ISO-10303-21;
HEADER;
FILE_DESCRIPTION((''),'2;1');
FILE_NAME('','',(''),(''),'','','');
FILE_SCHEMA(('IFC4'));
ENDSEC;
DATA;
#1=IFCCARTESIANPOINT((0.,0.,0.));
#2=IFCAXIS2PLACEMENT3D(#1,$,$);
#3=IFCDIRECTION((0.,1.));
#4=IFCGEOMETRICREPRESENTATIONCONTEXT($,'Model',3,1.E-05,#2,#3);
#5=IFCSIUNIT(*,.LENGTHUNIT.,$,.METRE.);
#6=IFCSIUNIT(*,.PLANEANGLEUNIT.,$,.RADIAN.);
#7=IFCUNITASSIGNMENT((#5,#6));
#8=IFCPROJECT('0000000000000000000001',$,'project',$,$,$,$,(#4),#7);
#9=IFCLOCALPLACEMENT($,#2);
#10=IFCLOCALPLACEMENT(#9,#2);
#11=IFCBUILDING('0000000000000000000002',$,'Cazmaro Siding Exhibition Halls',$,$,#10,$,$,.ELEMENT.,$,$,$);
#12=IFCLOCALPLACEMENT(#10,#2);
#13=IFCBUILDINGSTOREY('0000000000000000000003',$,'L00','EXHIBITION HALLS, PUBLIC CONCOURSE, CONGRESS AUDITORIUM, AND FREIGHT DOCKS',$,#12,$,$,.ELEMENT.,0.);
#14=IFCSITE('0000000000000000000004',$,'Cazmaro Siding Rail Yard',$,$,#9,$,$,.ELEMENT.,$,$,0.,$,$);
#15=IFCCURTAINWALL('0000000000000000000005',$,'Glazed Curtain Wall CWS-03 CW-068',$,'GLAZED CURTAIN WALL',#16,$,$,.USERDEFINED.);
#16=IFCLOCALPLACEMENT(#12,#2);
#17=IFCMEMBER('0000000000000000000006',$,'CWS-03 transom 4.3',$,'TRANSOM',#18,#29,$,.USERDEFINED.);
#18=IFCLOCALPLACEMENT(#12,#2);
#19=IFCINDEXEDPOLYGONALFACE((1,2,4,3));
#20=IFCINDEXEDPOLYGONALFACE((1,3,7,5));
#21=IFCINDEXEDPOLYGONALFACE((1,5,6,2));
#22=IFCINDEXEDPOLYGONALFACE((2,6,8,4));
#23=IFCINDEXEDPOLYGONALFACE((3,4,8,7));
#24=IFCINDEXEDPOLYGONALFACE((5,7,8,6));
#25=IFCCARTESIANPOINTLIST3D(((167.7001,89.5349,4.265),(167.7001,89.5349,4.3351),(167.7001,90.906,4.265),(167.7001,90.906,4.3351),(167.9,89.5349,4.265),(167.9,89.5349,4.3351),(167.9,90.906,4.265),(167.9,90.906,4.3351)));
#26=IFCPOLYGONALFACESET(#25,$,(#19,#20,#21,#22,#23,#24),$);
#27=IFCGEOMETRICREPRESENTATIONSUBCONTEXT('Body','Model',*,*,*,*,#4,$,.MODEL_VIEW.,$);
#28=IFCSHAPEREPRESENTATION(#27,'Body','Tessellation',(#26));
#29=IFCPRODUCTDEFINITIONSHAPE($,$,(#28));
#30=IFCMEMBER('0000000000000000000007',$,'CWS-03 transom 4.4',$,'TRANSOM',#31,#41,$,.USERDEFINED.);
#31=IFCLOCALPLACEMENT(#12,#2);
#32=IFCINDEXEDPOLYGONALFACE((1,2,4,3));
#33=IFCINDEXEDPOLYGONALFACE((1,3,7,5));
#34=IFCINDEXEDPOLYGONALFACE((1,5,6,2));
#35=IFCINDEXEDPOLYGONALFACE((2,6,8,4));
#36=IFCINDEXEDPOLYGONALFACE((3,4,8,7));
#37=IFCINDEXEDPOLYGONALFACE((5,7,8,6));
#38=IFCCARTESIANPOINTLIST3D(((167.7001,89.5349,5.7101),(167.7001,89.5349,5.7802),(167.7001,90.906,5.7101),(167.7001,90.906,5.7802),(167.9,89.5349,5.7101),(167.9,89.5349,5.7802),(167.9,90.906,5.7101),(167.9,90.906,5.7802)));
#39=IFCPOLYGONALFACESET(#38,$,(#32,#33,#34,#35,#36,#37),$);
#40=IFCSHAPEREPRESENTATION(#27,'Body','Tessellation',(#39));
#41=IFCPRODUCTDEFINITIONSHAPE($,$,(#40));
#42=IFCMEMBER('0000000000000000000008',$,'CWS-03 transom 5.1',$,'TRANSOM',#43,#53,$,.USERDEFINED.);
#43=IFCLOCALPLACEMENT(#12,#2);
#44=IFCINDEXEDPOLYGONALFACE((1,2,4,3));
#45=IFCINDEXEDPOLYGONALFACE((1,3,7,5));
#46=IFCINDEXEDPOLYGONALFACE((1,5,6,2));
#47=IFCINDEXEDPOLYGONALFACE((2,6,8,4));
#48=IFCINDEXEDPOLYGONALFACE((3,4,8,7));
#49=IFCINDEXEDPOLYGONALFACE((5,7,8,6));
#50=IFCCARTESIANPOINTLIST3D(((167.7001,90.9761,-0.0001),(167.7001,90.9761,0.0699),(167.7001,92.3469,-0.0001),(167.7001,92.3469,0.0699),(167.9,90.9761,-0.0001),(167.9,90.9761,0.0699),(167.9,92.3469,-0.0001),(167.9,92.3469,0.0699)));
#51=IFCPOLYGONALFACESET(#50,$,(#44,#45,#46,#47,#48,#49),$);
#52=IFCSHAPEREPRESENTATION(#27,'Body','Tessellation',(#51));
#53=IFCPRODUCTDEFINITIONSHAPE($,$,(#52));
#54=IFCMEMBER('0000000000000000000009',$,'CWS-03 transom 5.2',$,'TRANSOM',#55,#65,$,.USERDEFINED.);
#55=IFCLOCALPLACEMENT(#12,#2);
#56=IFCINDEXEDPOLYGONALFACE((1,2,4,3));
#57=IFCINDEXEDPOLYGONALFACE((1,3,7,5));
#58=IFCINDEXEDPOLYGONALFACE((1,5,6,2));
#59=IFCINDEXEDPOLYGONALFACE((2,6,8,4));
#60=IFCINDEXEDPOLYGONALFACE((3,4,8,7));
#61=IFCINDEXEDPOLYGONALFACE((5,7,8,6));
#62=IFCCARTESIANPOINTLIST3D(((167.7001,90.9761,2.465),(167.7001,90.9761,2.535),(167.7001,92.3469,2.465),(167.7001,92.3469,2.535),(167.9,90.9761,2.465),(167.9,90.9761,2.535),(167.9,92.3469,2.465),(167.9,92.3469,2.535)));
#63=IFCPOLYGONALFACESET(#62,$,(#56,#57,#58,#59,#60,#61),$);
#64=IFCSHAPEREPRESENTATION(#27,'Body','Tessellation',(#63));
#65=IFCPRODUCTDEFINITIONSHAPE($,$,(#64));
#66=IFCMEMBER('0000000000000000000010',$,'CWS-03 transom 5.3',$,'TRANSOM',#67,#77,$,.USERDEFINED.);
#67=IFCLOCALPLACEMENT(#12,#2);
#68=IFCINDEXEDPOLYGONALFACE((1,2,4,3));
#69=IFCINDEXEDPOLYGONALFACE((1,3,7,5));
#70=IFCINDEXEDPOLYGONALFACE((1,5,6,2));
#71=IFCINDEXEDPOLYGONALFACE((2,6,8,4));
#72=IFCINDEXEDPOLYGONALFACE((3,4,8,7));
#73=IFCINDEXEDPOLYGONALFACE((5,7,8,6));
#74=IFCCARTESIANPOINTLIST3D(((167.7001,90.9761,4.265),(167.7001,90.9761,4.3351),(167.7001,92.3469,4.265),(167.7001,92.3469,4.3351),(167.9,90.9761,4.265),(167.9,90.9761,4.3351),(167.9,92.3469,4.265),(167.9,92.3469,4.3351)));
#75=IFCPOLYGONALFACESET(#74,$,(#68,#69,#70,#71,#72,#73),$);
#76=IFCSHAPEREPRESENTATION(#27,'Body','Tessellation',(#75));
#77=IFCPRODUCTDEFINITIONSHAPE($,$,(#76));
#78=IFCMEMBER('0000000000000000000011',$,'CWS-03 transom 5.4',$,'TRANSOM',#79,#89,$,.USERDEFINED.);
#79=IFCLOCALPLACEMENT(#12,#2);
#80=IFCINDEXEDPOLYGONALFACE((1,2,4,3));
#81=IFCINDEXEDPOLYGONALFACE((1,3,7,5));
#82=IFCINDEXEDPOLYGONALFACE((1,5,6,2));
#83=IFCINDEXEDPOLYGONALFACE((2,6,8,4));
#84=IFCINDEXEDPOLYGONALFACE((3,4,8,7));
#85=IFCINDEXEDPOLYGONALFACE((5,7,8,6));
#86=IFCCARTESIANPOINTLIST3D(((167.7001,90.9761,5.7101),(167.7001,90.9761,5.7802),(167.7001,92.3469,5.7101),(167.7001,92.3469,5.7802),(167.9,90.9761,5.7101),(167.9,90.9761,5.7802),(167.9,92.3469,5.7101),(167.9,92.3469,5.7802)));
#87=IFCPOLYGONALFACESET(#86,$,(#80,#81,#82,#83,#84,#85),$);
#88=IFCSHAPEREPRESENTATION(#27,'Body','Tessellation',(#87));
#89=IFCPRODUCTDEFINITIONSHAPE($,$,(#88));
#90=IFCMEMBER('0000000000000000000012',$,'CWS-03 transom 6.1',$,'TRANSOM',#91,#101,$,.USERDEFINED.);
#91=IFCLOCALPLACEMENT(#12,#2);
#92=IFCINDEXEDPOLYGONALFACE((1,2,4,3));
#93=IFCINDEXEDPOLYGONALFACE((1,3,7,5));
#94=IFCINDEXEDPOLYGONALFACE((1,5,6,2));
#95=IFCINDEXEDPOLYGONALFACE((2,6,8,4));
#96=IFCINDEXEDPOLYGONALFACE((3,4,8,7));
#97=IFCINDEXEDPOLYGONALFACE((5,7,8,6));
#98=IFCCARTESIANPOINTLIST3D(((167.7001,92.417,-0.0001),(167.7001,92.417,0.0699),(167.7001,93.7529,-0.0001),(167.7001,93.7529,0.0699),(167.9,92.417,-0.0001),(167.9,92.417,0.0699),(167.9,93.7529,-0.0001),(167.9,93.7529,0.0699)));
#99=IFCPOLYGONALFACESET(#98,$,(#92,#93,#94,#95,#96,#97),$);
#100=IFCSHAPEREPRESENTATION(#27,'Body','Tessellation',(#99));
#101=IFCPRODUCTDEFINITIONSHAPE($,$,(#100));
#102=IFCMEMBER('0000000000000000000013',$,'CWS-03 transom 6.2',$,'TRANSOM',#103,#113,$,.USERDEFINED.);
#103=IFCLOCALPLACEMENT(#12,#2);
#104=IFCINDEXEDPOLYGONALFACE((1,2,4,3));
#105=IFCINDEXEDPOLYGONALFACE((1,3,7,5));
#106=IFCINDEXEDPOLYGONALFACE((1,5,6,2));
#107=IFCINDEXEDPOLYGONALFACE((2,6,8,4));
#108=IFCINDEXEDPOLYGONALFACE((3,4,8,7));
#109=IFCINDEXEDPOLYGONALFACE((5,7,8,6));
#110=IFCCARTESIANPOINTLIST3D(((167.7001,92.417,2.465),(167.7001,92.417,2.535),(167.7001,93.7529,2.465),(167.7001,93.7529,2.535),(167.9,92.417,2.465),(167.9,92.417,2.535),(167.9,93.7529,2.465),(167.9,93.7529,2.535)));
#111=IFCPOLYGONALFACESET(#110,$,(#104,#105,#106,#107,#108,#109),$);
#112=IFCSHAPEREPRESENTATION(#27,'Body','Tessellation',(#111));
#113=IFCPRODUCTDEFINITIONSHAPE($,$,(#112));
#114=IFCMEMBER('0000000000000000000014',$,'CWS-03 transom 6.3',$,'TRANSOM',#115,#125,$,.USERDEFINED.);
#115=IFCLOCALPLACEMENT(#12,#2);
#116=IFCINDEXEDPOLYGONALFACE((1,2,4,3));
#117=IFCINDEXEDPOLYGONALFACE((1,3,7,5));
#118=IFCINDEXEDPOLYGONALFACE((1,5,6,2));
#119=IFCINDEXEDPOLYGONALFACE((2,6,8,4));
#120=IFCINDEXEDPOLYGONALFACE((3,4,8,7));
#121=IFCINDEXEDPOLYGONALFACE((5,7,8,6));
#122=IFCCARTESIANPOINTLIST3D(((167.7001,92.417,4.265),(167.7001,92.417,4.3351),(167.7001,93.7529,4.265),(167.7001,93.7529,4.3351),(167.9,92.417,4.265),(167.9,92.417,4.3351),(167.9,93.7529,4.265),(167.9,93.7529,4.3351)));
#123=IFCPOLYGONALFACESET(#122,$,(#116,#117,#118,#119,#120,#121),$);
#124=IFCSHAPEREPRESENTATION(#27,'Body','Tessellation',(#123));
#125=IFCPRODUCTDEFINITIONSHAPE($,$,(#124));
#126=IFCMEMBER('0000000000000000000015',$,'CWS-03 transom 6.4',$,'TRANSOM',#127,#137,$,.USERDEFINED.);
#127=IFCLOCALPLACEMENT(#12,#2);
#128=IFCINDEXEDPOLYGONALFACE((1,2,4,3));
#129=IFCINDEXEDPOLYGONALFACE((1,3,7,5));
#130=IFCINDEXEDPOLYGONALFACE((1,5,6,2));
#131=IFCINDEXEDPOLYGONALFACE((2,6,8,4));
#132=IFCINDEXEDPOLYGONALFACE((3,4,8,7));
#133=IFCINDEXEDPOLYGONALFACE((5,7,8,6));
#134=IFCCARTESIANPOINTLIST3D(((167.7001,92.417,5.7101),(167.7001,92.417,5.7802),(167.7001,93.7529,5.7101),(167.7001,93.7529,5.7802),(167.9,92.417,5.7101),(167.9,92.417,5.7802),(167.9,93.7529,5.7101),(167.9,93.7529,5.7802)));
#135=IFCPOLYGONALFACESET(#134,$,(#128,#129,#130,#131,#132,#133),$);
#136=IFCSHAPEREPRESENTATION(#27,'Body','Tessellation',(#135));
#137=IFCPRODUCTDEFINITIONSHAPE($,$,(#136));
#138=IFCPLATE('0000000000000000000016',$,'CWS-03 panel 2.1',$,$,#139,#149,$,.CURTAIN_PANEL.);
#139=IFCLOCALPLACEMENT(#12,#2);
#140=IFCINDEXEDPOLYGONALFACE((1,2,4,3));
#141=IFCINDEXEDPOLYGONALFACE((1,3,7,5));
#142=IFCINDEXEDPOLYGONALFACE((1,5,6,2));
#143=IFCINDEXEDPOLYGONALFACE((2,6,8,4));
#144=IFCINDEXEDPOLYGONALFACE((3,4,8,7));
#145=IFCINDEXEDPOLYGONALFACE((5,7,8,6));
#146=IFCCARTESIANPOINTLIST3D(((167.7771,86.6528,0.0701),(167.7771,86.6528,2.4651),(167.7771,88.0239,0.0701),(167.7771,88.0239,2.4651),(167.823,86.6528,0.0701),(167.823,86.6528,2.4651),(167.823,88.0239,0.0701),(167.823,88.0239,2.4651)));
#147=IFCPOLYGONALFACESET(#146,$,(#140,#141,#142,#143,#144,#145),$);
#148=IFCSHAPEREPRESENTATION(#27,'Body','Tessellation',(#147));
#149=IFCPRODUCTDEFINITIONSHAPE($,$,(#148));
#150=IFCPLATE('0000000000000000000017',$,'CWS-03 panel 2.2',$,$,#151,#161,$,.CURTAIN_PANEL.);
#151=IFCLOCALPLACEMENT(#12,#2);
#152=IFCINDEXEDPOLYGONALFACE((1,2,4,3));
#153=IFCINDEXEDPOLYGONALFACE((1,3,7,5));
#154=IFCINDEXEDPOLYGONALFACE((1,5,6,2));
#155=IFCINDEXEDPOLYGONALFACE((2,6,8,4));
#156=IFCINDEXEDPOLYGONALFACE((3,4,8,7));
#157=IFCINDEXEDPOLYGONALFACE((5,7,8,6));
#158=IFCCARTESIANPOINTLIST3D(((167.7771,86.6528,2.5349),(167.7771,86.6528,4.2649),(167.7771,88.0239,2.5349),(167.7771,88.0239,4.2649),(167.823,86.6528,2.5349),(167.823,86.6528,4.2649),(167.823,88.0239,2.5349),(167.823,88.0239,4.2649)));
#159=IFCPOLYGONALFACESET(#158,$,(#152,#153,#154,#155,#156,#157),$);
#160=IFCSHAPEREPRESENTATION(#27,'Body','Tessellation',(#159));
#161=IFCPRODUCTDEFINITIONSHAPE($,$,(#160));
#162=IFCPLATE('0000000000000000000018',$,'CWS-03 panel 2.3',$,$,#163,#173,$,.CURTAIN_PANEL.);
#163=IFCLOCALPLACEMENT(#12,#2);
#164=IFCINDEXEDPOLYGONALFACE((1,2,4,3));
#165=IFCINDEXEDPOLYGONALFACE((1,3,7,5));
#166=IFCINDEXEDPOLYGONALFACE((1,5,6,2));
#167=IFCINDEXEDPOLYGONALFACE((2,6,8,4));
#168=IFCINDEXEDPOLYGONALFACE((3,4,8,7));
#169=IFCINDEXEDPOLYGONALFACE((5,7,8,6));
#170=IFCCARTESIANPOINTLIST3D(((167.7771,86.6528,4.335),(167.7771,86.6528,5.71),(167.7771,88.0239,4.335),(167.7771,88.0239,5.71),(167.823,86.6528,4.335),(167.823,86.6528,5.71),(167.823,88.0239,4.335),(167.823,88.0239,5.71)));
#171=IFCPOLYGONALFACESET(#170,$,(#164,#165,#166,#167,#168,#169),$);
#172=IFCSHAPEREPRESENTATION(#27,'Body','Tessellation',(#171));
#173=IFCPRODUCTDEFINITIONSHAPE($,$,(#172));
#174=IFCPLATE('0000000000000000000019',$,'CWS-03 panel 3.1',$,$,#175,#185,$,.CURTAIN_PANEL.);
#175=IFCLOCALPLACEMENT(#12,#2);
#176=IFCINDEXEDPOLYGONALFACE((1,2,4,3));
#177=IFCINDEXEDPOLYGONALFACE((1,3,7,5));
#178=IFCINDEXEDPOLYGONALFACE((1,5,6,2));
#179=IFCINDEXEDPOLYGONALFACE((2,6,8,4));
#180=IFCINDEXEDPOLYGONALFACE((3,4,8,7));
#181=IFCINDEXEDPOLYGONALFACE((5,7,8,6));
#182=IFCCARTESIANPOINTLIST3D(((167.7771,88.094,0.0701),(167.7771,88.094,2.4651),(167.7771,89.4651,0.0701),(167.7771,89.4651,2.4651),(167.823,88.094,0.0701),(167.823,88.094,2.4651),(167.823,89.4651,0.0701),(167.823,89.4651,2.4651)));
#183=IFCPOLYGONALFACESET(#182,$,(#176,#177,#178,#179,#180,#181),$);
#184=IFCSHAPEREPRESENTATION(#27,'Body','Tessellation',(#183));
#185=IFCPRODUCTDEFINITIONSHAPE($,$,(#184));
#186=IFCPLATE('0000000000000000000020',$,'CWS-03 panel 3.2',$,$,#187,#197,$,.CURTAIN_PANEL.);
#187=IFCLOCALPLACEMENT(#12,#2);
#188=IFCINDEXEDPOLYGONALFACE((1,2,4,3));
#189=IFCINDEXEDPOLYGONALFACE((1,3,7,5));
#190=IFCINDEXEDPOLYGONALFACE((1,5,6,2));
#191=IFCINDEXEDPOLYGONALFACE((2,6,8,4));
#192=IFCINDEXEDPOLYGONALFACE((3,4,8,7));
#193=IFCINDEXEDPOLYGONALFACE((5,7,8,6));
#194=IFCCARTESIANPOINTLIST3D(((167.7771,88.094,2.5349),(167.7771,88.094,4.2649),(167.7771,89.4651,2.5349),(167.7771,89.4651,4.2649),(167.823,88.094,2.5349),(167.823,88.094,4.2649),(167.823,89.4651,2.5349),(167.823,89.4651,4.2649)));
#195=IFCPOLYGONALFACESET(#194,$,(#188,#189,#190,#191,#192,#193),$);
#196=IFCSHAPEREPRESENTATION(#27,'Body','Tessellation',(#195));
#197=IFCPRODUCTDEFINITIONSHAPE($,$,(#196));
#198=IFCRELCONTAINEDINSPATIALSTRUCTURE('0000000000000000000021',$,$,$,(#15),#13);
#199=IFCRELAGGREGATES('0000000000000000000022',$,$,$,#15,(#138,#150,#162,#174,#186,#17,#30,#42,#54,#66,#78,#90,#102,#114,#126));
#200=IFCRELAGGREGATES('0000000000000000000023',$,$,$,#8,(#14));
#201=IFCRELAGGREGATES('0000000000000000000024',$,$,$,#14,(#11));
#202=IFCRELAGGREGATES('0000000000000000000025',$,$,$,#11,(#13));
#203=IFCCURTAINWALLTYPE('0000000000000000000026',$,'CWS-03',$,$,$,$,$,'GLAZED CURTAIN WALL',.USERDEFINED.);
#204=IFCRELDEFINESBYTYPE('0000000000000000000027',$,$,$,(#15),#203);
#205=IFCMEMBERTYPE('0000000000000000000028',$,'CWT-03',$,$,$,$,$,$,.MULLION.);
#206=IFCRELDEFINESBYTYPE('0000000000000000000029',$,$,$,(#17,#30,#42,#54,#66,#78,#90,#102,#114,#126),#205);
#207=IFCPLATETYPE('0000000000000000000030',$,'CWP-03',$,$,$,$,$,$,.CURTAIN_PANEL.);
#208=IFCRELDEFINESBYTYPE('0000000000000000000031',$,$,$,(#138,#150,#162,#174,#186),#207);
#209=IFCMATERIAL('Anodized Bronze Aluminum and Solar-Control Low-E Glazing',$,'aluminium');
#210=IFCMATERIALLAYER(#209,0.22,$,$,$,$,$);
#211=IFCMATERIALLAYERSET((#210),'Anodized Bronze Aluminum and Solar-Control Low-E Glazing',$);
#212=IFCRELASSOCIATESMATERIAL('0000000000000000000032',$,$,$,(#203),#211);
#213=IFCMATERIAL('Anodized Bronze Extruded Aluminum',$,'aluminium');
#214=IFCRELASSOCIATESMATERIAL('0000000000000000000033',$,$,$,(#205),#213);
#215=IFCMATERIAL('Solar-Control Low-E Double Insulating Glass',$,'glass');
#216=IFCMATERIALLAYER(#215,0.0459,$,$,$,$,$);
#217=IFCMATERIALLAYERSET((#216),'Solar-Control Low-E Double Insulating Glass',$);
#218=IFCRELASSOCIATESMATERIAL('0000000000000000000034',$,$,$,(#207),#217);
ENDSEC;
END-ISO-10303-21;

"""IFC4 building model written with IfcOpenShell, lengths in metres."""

from ifc_helpers import new_model, si_unit, direction, frame, origin, origin_2d, place, context, subcontext, project, spatial, rectangle, extrude, material, layer, layer_set, material_profile, profile_set, type_object, element, aggregate, save


model = new_model("IFC4")

# Units and contexts
model_context = context("Model", 3, precision=1e-05, world=origin(), true_north=direction((0.0, 1.0)))
body_context = subcontext(model_context, "Body", "Model", "MODEL_VIEW")
ifc_project = project(units=[si_unit("LENGTHUNIT", "METRE"), si_unit("PLANEANGLEUNIT", "RADIAN")], contexts=[model_context])

# Site, building, storey
site_placement = place(None, origin())
site = spatial("IfcSite", under=ifc_project, at=site_placement, Name="Cazmaro Siding Rail Yard", CompositionType="ELEMENT", RefElevation=0.0)
building_placement = place(site_placement, origin())
building = spatial("IfcBuilding", under=site, at=building_placement, Name="Cazmaro Siding Exhibition Halls", CompositionType="ELEMENT")
storey_placement = place(building_placement, origin())
storey = spatial("IfcBuildingStorey", under=building, at=storey_placement, Name="L00", Description="EXHIBITION HALLS, PUBLIC CONCOURSE, CONGRESS AUDITORIUM, AND FREIGHT DOCKS", CompositionType="ELEMENT", Elevation=0.0)

# Curtain wall, members, plates
ifc_material_1 = material(Name="Anodized Bronze Aluminum and Solar-Control Low-E Glazing", Category="aluminium")
ifc_layer_1 = layer(ifc_material_1, 0.22)
ifc_layer_set_1 = layer_set([ifc_layer_1], Name="Anodized Bronze Aluminum and Solar-Control Low-E Glazing")
curtain_wall_type = type_object("IfcCurtainWallType", Name="CWS-03", ElementType="GLAZED CURTAIN WALL", PredefinedType="USERDEFINED", material=ifc_layer_set_1)
curtain_wall_placement = place(storey_placement, origin())
curtain_wall = element("IfcCurtainWall", 1, at=curtain_wall_placement, inside=storey, type_object=curtain_wall_type, Name="Glazed Curtain Wall CWS-03 CW-068", ObjectType="GLAZED CURTAIN WALL", PredefinedType="USERDEFINED")
ifc_material_2 = material(Name="Anodized Bronze Extruded Aluminum", Category="aluminium")
ifc_material_profile_1 = material_profile(ifc_material_2, rectangle(XDim=0.2, YDim=0.0701, at=origin_2d()), Name="CWT-03")
ifc_profile_set_1 = profile_set([ifc_material_profile_1], Name="Anodized Bronze Extruded Aluminum")
member_type_1 = type_object("IfcMemberType", Name="CWT-03", PredefinedType="MULLION", material=ifc_profile_set_1)
member_1_placement = place(storey_placement, frame((167.8, 89.5349, 4.3), z_axis=(0.0, 1.0, 0.0), x_axis=(-1.0, 0.0, 0.0)))
member_1 = element("IfcMember", 2, at=member_1_placement, type_object=member_type_1, Name="CWS-03 transom 4.3", ObjectType="TRANSOM", PredefinedType="USERDEFINED", context=body_context, shape_type="SweptSolid", body=[
    extrude(rectangle(XDim=0.2, YDim=0.0701, at=origin_2d()), origin(), (0.0, 0.0, 1.0), 1.3711),
])
member_2_placement = place(storey_placement, frame((167.8, 89.5349, 5.7451), z_axis=(0.0, 1.0, 0.0), x_axis=(-1.0, 0.0, 0.0)))
member_2 = element("IfcMember", 3, at=member_2_placement, type_object=member_type_1, Name="CWS-03 transom 4.4", ObjectType="TRANSOM", PredefinedType="USERDEFINED", context=body_context, shape_type="SweptSolid", body=[
    extrude(rectangle(XDim=0.2, YDim=0.0701, at=origin_2d()), origin(), (0.0, 0.0, 1.0), 1.3711),
])
member_3_placement = place(storey_placement, frame((167.8, 90.9761, 0.0349), z_axis=(0.0, 1.0, 0.0), x_axis=(-1.0, 0.0, 0.0)))
member_3 = element("IfcMember", 4, at=member_3_placement, type_object=member_type_1, Name="CWS-03 transom 5.1", ObjectType="TRANSOM", PredefinedType="USERDEFINED", context=body_context, shape_type="SweptSolid", body=[
    extrude(rectangle(XDim=0.2, YDim=0.0701, at=origin_2d()), origin(), (0.0, 0.0, 1.0), 1.3708),
])
member_4_placement = place(storey_placement, frame((167.8, 90.9761, 2.5), z_axis=(0.0, 1.0, 0.0), x_axis=(-1.0, 0.0, 0.0)))
member_4 = element("IfcMember", 5, at=member_4_placement, type_object=member_type_1, Name="CWS-03 transom 5.2", ObjectType="TRANSOM", PredefinedType="USERDEFINED", context=body_context, shape_type="SweptSolid", body=[
    extrude(rectangle(XDim=0.2, YDim=0.0701, at=origin_2d()), origin(), (0.0, 0.0, 1.0), 1.3708),
])
member_5_placement = place(storey_placement, frame((167.8, 90.9761, 4.3), z_axis=(0.0, 1.0, 0.0), x_axis=(-1.0, 0.0, 0.0)))
member_5 = element("IfcMember", 6, at=member_5_placement, type_object=member_type_1, Name="CWS-03 transom 5.3", ObjectType="TRANSOM", PredefinedType="USERDEFINED", context=body_context, shape_type="SweptSolid", body=[
    extrude(rectangle(XDim=0.2, YDim=0.0701, at=origin_2d()), origin(), (0.0, 0.0, 1.0), 1.3708),
])
member_6_placement = place(storey_placement, frame((167.8, 90.9761, 5.7451), z_axis=(0.0, 1.0, 0.0), x_axis=(-1.0, 0.0, 0.0)))
member_6 = element("IfcMember", 7, at=member_6_placement, type_object=member_type_1, Name="CWS-03 transom 5.4", ObjectType="TRANSOM", PredefinedType="USERDEFINED", context=body_context, shape_type="SweptSolid", body=[
    extrude(rectangle(XDim=0.2, YDim=0.0701, at=origin_2d()), origin(), (0.0, 0.0, 1.0), 1.3708),
])
member_7_placement = place(storey_placement, frame((167.8, 92.417, 0.0349), z_axis=(0.0, 1.0, 0.0), x_axis=(-1.0, 0.0, 0.0)))
member_7 = element("IfcMember", 8, at=member_7_placement, type_object=member_type_1, Name="CWS-03 transom 6.1", ObjectType="TRANSOM", PredefinedType="USERDEFINED", context=body_context, shape_type="SweptSolid", body=[
    extrude(rectangle(XDim=0.2, YDim=0.0701, at=origin_2d()), origin(), (0.0, 0.0, 1.0), 1.3359),
])
member_8_placement = place(storey_placement, frame((167.8, 92.417, 2.5), z_axis=(0.0, 1.0, 0.0), x_axis=(-1.0, 0.0, 0.0)))
member_8 = element("IfcMember", 9, at=member_8_placement, type_object=member_type_1, Name="CWS-03 transom 6.2", ObjectType="TRANSOM", PredefinedType="USERDEFINED", context=body_context, shape_type="SweptSolid", body=[
    extrude(rectangle(XDim=0.2, YDim=0.0701, at=origin_2d()), origin(), (0.0, 0.0, 1.0), 1.3359),
])
member_9_placement = place(storey_placement, frame((167.8, 92.417, 4.3), z_axis=(0.0, 1.0, 0.0), x_axis=(-1.0, 0.0, 0.0)))
member_9 = element("IfcMember", 10, at=member_9_placement, type_object=member_type_1, Name="CWS-03 transom 6.3", ObjectType="TRANSOM", PredefinedType="USERDEFINED", context=body_context, shape_type="SweptSolid", body=[
    extrude(rectangle(XDim=0.2, YDim=0.0701, at=origin_2d()), origin(), (0.0, 0.0, 1.0), 1.3359),
])
member_10_placement = place(storey_placement, frame((167.8, 92.417, 5.7451), z_axis=(0.0, 1.0, 0.0), x_axis=(-1.0, 0.0, 0.0)))
member_10 = element("IfcMember", 11, at=member_10_placement, type_object=member_type_1, Name="CWS-03 transom 6.4", ObjectType="TRANSOM", PredefinedType="USERDEFINED", context=body_context, shape_type="SweptSolid", body=[
    extrude(rectangle(XDim=0.2, YDim=0.0701, at=origin_2d()), origin(), (0.0, 0.0, 1.0), 1.3359),
])
ifc_material_3 = material(Name="Solar-Control Low-E Double Insulating Glass", Category="glass")
ifc_layer_2 = layer(ifc_material_3, 0.0459)
ifc_layer_set_2 = layer_set([ifc_layer_2], Name="Solar-Control Low-E Double Insulating Glass")
plate_type = type_object("IfcPlateType", Name="CWP-03", PredefinedType="CURTAIN_PANEL", material=ifc_layer_set_2)
plate_1_placement = place(storey_placement, frame((167.8, 87.3384, 0.0701), z_axis=(0.0, 0.0, 1.0), x_axis=(0.0, 1.0, 0.0)))
plate_1 = element("IfcPlate", 12, at=plate_1_placement, type_object=plate_type, Name="CWS-03 panel 2.1", PredefinedType="CURTAIN_PANEL", context=body_context, shape_type="SweptSolid", body=[
    extrude(rectangle(XDim=1.3711, YDim=0.0459, at=origin_2d()), origin(), (0.0, 0.0, 1.0), 2.395),
])
plate_2_placement = place(storey_placement, frame((167.8, 87.3384, 2.5349), z_axis=(0.0, 0.0, 1.0), x_axis=(0.0, 1.0, 0.0)))
plate_2 = element("IfcPlate", 13, at=plate_2_placement, type_object=plate_type, Name="CWS-03 panel 2.2", PredefinedType="CURTAIN_PANEL", context=body_context, shape_type="SweptSolid", body=[
    extrude(rectangle(XDim=1.3711, YDim=0.0459, at=origin_2d()), origin(), (0.0, 0.0, 1.0), 1.73),
])
plate_3_placement = place(storey_placement, frame((167.8, 87.3384, 4.335), z_axis=(0.0, 0.0, 1.0), x_axis=(0.0, 1.0, 0.0)))
plate_3 = element("IfcPlate", 14, at=plate_3_placement, type_object=plate_type, Name="CWS-03 panel 2.3", PredefinedType="CURTAIN_PANEL", context=body_context, shape_type="SweptSolid", body=[
    extrude(rectangle(XDim=1.3711, YDim=0.0459, at=origin_2d()), origin(), (0.0, 0.0, 1.0), 1.375),
])
plate_4_placement = place(storey_placement, frame((167.8, 88.7795, 0.0701), z_axis=(0.0, 0.0, 1.0), x_axis=(0.0, 1.0, 0.0)))
plate_4 = element("IfcPlate", 15, at=plate_4_placement, type_object=plate_type, Name="CWS-03 panel 3.1", PredefinedType="CURTAIN_PANEL", context=body_context, shape_type="SweptSolid", body=[
    extrude(rectangle(XDim=1.3711, YDim=0.0459, at=origin_2d()), origin(), (0.0, 0.0, 1.0), 2.395),
])
plate_5_placement = place(storey_placement, frame((167.8, 88.7795, 2.5349), z_axis=(0.0, 0.0, 1.0), x_axis=(0.0, 1.0, 0.0)))
plate_5 = element("IfcPlate", 16, at=plate_5_placement, type_object=plate_type, Name="CWS-03 panel 3.2", PredefinedType="CURTAIN_PANEL", context=body_context, shape_type="SweptSolid", body=[
    extrude(rectangle(XDim=1.3711, YDim=0.0459, at=origin_2d()), origin(), (0.0, 0.0, 1.0), 1.73),
])
aggregate(curtain_wall, [plate_1, plate_2, plate_3, plate_4, plate_5, member_1, member_2, member_3, member_4, member_5, member_6, member_7, member_8, member_9, member_10])

save(model, "model.ifc")
